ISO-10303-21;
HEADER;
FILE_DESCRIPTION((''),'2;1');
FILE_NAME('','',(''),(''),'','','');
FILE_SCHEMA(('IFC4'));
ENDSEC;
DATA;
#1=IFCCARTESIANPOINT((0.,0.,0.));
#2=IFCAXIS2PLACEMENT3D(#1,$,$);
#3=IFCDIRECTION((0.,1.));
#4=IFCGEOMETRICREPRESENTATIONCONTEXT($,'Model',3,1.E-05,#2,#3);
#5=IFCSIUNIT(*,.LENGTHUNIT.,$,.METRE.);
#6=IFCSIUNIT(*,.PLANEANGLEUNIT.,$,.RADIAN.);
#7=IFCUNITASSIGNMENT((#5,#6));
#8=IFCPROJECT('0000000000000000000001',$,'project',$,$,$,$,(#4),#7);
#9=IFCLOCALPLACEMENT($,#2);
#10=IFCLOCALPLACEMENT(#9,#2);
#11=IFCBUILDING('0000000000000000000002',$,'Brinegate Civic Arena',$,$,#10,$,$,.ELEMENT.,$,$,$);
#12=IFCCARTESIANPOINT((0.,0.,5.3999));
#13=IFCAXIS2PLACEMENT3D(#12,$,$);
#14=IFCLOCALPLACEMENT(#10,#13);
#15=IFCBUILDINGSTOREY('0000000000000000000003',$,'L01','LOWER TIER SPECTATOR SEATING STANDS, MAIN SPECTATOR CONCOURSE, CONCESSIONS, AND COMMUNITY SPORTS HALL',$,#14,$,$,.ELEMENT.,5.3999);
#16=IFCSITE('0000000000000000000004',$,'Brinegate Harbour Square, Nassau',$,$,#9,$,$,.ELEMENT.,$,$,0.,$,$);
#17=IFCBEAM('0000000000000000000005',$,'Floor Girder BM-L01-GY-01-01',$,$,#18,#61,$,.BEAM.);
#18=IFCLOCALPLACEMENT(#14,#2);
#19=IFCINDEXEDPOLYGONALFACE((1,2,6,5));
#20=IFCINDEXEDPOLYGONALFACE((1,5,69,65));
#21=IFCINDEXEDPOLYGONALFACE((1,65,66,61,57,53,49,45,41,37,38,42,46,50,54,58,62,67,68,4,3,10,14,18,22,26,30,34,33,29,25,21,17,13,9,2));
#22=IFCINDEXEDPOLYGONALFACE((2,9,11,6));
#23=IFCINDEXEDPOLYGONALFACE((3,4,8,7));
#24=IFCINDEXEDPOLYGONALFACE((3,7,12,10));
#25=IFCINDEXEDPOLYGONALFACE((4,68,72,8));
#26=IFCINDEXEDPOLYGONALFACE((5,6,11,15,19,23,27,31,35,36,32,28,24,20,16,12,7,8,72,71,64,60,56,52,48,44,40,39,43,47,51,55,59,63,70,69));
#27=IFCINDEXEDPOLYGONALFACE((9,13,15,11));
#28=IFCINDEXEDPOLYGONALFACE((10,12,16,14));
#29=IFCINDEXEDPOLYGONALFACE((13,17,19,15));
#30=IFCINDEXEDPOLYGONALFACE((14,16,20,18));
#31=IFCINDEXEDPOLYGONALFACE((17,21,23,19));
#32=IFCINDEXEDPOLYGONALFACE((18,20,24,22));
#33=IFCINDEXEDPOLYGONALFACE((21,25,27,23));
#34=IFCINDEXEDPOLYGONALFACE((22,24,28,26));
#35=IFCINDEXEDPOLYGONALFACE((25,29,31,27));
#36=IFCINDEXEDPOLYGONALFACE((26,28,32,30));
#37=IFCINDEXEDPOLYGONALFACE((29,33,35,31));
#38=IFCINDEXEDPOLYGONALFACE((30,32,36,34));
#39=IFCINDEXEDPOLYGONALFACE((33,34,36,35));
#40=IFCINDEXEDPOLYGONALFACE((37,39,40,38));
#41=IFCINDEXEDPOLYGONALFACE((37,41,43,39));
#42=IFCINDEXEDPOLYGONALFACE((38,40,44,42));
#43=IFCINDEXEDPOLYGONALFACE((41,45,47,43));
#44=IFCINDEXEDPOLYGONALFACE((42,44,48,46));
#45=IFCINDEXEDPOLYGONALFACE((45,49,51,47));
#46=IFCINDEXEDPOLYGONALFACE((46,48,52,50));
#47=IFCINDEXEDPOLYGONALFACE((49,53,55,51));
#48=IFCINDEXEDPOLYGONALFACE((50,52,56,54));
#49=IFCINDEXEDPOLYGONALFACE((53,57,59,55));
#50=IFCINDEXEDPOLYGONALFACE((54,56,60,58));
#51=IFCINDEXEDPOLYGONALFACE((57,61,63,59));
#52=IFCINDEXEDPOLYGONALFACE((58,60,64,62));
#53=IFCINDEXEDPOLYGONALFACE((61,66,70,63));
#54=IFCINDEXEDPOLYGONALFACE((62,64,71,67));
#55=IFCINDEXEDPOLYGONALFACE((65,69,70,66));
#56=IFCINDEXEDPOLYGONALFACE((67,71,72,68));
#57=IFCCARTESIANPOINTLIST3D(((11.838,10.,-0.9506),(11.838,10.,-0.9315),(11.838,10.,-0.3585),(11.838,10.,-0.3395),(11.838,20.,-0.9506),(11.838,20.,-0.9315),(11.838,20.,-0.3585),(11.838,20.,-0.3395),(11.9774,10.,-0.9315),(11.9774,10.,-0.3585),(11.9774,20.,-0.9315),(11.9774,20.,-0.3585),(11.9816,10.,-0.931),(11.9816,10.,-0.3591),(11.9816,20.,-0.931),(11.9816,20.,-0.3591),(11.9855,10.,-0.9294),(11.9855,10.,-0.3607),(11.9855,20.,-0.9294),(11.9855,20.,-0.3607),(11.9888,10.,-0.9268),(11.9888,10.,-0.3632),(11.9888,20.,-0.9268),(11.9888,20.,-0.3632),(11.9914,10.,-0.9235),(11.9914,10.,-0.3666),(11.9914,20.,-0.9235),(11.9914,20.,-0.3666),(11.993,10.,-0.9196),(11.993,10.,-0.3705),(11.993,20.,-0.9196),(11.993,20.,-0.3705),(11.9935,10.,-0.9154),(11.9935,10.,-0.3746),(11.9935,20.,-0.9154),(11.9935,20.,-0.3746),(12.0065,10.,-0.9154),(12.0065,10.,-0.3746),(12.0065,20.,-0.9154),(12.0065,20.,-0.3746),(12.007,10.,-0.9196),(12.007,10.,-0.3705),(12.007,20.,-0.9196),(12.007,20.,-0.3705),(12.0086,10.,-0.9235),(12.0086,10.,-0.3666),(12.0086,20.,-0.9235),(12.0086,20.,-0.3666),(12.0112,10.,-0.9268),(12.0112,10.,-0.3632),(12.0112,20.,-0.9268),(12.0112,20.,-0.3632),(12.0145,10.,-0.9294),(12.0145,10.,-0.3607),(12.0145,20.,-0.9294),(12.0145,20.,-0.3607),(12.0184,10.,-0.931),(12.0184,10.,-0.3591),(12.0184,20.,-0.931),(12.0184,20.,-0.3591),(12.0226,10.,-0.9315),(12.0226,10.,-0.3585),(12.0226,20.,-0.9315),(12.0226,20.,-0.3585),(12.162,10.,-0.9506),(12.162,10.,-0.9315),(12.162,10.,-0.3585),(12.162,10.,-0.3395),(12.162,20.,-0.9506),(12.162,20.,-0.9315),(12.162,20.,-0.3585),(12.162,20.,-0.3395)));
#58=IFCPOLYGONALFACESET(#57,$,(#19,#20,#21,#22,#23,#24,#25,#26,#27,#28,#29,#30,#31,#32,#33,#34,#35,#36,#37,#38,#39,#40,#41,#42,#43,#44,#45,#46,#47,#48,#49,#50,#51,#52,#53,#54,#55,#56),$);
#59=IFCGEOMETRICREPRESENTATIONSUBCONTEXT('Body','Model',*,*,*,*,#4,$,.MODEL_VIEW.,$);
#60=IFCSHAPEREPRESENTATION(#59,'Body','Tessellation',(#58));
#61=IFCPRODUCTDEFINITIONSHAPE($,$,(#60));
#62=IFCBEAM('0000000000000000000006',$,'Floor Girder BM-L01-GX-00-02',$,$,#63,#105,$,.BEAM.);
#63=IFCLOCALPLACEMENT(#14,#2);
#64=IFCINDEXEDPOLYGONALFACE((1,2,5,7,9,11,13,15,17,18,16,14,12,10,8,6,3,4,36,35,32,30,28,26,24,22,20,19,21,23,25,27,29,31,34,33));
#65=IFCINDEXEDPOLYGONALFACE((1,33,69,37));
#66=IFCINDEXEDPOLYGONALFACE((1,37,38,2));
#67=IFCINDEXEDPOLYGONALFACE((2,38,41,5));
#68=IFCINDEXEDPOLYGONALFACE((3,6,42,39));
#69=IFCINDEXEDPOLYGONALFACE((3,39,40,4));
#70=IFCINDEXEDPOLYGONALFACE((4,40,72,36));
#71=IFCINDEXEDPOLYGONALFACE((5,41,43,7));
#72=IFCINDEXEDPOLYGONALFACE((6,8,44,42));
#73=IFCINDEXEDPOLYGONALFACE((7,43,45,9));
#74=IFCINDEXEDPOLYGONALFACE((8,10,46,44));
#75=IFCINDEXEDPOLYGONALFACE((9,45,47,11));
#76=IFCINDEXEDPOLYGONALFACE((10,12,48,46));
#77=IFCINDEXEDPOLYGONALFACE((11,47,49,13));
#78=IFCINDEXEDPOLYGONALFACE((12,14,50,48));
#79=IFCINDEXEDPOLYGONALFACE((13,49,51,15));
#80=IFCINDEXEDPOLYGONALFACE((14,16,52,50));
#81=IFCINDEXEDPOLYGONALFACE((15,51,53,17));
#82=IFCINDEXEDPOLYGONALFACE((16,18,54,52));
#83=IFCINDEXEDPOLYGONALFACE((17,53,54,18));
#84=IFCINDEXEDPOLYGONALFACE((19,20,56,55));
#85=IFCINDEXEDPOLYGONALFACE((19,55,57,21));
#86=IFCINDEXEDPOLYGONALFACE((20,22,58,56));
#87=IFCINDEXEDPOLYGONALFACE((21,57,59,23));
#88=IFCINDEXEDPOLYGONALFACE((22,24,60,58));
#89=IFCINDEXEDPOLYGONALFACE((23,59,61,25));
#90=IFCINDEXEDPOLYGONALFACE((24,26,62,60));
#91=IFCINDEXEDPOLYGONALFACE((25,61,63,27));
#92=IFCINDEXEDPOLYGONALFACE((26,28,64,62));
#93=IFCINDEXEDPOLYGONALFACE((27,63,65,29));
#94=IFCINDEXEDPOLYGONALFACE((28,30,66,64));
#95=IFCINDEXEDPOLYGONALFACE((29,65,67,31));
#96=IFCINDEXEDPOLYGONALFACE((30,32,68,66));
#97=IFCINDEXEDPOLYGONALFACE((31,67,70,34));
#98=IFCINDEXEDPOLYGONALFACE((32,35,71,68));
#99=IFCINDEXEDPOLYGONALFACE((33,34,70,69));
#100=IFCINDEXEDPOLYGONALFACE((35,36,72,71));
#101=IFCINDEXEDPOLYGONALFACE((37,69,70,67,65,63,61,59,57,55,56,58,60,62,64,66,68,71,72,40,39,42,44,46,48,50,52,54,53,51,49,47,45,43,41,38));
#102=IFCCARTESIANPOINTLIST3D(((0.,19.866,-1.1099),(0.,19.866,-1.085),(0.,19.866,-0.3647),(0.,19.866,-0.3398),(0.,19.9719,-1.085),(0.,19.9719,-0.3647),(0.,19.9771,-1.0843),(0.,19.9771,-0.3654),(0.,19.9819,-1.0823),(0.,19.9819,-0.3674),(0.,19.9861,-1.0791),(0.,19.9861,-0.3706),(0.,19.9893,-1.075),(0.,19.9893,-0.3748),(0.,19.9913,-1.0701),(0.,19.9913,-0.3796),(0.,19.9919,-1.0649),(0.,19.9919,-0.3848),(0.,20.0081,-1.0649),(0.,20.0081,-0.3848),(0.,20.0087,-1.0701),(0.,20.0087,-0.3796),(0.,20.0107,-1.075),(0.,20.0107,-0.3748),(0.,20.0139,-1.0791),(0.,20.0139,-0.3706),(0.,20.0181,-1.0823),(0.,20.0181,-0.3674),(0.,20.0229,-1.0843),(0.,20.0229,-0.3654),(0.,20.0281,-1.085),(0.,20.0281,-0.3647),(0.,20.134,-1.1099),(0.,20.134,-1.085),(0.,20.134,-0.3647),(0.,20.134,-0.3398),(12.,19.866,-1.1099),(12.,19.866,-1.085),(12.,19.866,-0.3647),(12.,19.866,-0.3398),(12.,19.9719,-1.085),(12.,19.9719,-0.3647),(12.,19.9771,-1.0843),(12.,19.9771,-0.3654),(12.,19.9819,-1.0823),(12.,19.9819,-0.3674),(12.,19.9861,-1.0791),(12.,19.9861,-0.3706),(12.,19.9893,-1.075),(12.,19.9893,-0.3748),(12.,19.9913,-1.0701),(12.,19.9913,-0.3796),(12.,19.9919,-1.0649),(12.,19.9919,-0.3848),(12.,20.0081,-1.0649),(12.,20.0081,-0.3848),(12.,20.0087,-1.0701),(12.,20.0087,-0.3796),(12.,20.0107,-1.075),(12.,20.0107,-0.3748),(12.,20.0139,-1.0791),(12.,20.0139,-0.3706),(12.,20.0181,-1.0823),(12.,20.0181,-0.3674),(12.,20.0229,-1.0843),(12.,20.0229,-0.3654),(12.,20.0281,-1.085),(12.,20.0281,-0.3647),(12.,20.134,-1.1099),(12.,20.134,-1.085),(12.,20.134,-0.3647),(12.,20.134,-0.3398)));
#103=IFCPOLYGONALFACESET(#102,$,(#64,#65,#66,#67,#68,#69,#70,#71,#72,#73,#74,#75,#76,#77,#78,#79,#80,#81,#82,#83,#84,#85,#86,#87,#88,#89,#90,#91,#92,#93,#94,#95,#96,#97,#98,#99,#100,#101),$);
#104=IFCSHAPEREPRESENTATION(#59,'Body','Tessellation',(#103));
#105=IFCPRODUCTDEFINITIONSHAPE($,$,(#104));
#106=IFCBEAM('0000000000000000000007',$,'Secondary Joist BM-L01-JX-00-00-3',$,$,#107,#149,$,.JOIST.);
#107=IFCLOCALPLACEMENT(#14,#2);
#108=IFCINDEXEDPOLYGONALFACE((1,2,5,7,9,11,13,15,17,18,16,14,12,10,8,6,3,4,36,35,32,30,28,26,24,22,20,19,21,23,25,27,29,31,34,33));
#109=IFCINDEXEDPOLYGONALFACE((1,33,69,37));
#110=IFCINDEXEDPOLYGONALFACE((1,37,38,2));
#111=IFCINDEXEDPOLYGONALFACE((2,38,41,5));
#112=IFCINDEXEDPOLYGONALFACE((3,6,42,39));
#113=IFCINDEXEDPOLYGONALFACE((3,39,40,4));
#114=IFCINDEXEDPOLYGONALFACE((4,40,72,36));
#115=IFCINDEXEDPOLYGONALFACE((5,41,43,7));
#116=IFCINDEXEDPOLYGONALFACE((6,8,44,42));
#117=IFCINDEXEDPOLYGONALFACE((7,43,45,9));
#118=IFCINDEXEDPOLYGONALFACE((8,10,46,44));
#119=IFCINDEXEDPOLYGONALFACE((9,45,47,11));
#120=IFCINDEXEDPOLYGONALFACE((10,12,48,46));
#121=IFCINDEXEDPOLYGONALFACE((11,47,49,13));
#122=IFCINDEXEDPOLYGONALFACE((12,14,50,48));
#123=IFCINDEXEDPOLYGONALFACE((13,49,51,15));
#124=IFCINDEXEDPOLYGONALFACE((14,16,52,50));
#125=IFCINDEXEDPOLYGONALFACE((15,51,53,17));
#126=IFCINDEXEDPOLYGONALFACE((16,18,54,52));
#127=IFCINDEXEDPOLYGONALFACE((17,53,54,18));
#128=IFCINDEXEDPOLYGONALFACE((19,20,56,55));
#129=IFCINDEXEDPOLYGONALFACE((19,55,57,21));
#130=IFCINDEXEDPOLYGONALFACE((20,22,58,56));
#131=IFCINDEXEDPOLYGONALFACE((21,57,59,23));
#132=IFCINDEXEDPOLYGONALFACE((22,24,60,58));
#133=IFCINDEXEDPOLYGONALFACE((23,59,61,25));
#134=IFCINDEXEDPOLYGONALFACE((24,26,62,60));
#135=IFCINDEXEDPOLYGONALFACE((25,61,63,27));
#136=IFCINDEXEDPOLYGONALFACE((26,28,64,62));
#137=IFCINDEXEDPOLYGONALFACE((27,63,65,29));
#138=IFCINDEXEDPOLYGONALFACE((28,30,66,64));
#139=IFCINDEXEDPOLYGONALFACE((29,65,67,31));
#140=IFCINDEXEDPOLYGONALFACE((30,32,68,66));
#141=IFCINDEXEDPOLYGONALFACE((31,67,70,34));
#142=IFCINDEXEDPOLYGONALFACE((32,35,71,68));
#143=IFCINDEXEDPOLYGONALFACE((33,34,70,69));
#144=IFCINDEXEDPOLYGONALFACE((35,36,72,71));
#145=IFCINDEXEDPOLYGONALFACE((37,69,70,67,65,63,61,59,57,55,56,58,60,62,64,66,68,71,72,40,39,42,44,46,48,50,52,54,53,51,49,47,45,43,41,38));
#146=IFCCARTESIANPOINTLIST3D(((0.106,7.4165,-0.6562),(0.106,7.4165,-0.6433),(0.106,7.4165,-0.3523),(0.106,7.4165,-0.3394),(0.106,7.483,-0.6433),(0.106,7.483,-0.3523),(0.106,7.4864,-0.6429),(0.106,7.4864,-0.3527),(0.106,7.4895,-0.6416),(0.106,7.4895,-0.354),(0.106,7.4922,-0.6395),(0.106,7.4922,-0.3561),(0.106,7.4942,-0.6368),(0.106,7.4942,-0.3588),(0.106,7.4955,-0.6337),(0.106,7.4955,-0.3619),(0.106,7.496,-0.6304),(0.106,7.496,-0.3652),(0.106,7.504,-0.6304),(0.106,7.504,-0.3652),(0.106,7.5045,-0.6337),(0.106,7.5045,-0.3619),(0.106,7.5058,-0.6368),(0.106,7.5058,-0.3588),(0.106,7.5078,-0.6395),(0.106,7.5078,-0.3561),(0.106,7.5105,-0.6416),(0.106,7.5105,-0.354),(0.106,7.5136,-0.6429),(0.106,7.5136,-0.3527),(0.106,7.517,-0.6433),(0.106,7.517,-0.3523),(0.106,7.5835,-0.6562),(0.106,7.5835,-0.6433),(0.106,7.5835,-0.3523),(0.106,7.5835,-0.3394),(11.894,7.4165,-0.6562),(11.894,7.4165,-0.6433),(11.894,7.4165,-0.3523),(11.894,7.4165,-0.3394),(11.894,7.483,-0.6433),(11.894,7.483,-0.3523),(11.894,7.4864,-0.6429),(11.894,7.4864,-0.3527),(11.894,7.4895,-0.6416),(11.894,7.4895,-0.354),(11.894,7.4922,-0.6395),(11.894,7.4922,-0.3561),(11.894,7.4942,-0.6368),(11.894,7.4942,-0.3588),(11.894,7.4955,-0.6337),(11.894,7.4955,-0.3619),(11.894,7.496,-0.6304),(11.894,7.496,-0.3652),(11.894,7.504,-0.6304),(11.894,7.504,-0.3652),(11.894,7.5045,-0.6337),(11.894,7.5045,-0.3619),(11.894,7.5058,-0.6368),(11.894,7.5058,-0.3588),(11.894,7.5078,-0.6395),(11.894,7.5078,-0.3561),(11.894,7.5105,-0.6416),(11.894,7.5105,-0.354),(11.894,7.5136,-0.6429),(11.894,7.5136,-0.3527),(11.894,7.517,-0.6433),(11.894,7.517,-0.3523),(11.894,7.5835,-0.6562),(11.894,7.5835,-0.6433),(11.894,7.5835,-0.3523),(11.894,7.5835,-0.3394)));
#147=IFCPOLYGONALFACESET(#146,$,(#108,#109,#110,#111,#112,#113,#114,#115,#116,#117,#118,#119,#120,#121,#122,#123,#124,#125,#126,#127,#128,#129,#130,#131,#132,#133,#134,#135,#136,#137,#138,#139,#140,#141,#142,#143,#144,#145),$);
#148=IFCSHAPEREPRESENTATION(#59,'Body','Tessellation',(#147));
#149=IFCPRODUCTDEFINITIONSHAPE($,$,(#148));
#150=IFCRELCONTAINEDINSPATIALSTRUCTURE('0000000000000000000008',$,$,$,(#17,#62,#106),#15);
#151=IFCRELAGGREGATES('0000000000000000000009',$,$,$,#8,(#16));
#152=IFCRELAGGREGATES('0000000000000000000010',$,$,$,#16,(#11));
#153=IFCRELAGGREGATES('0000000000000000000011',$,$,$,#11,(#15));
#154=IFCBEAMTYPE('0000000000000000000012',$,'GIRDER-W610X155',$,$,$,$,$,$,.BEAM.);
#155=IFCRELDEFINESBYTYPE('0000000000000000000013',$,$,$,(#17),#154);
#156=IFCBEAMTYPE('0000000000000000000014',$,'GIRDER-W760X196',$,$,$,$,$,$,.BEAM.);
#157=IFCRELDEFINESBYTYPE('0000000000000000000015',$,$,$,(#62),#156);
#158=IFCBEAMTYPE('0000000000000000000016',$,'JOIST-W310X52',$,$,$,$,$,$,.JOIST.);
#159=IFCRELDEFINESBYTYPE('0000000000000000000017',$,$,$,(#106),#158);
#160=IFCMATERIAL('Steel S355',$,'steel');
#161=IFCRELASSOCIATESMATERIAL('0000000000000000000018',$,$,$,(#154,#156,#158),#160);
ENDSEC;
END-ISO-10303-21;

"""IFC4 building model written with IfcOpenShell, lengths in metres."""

from ifc_helpers import new_model, si_unit, direction, frame, origin, origin_2d, place, context, subcontext, project, spatial, i_section, extrude, material, material_profile, profile_set, type_object, element, save


model = new_model("IFC4")

# Units and contexts
model_context = context("Model", 3, precision=1e-05, world=origin(), true_north=direction((0.0, 1.0)))
body_context = subcontext(model_context, "Body", "Model", "MODEL_VIEW")
ifc_project = project(units=[si_unit("LENGTHUNIT", "METRE"), si_unit("PLANEANGLEUNIT", "RADIAN")], contexts=[model_context])

# Site, building, storey
site_placement = place(None, origin())
site = spatial("IfcSite", under=ifc_project, at=site_placement, Name="Brinegate Harbour Square, Nassau", CompositionType="ELEMENT", RefElevation=0.0)
building_placement = place(site_placement, origin())
building = spatial("IfcBuilding", under=site, at=building_placement, Name="Brinegate Civic Arena", CompositionType="ELEMENT")
storey_placement = place(building_placement, frame((0.0, 0.0, 5.3999)))
storey = spatial("IfcBuildingStorey", under=building, at=storey_placement, Name="L01", Description="LOWER TIER SPECTATOR SEATING STANDS, MAIN SPECTATOR CONCOURSE, CONCESSIONS, AND COMMUNITY SPORTS HALL", CompositionType="ELEMENT", Elevation=5.3999)

# Shared definitions
ifc_material_1 = material(Name="Steel S355", Category="steel")

# Beams
ifc_material_profile_1 = material_profile(ifc_material_1, i_section(OverallWidth=0.324, OverallDepth=0.6111, WebThickness=0.0129, FlangeThickness=0.019, FilletRadius=0.0161, at=origin_2d()), Name="W610X155")
ifc_profile_set_1 = profile_set([ifc_material_profile_1], Name="Steel S355")
beam_type_1 = type_object("IfcBeamType", Name="GIRDER-W610X155", PredefinedType="BEAM", material=ifc_profile_set_1)
beam_1_placement = place(storey_placement, frame((12.0, 10.0, -0.645), z_axis=(0.0, 1.0, 0.0), x_axis=(-1.0, 0.0, 0.0)))
element("IfcBeam", 1, at=beam_1_placement, inside=storey, type_object=beam_type_1, Name="Floor Girder BM-L01-GY-01-01", PredefinedType="BEAM", context=body_context, shape_type="SweptSolid", body=[
    extrude(i_section(OverallWidth=0.324, OverallDepth=0.6111, WebThickness=0.0129, FlangeThickness=0.019, FilletRadius=0.0161, at=origin_2d()), origin(), (0.0, 0.0, 1.0), 10.0),
])
ifc_material_profile_2 = material_profile(ifc_material_1, i_section(OverallWidth=0.2681, OverallDepth=0.77, WebThickness=0.0161, FlangeThickness=0.0249, FilletRadius=0.02, at=origin_2d()), Name="W760X196")
ifc_profile_set_2 = profile_set([ifc_material_profile_2], Name="Steel S355")
beam_type_2 = type_object("IfcBeamType", Name="GIRDER-W760X196", PredefinedType="BEAM", material=ifc_profile_set_2)
beam_2_placement = place(storey_placement, frame((0.0, 20.0, -0.7249), z_axis=(1.0, 0.0, 0.0), x_axis=(0.0, 1.0, 0.0)))
element("IfcBeam", 2, at=beam_2_placement, inside=storey, type_object=beam_type_2, Name="Floor Girder BM-L01-GX-00-02", PredefinedType="BEAM", context=body_context, shape_type="SweptSolid", body=[
    extrude(i_section(OverallWidth=0.2681, OverallDepth=0.77, WebThickness=0.0161, FlangeThickness=0.0249, FilletRadius=0.02, at=origin_2d()), origin(), (0.0, 0.0, 1.0), 12.0),
])
ifc_material_profile_3 = material_profile(ifc_material_1, i_section(OverallWidth=0.167, OverallDepth=0.3169, WebThickness=0.0081, FlangeThickness=0.0129, FilletRadius=0.0129, at=origin_2d()), Name="W310X52")
ifc_profile_set_3 = profile_set([ifc_material_profile_3], Name="Steel S355")
beam_type_3 = type_object("IfcBeamType", Name="JOIST-W310X52", PredefinedType="JOIST", material=ifc_profile_set_3)
beam_3_placement = place(storey_placement, frame((0.106, 7.5, -0.4978), z_axis=(1.0, 0.0, 0.0), x_axis=(0.0, 1.0, 0.0)))
element("IfcBeam", 3, at=beam_3_placement, inside=storey, type_object=beam_type_3, Name="Secondary Joist BM-L01-JX-00-00-3", PredefinedType="JOIST", context=body_context, shape_type="SweptSolid", body=[
    extrude(i_section(OverallWidth=0.167, OverallDepth=0.3169, WebThickness=0.0081, FlangeThickness=0.0129, FilletRadius=0.0129, at=origin_2d()), origin(), (0.0, 0.0, 1.0), 11.7881),
])

save(model, "model.ifc")
